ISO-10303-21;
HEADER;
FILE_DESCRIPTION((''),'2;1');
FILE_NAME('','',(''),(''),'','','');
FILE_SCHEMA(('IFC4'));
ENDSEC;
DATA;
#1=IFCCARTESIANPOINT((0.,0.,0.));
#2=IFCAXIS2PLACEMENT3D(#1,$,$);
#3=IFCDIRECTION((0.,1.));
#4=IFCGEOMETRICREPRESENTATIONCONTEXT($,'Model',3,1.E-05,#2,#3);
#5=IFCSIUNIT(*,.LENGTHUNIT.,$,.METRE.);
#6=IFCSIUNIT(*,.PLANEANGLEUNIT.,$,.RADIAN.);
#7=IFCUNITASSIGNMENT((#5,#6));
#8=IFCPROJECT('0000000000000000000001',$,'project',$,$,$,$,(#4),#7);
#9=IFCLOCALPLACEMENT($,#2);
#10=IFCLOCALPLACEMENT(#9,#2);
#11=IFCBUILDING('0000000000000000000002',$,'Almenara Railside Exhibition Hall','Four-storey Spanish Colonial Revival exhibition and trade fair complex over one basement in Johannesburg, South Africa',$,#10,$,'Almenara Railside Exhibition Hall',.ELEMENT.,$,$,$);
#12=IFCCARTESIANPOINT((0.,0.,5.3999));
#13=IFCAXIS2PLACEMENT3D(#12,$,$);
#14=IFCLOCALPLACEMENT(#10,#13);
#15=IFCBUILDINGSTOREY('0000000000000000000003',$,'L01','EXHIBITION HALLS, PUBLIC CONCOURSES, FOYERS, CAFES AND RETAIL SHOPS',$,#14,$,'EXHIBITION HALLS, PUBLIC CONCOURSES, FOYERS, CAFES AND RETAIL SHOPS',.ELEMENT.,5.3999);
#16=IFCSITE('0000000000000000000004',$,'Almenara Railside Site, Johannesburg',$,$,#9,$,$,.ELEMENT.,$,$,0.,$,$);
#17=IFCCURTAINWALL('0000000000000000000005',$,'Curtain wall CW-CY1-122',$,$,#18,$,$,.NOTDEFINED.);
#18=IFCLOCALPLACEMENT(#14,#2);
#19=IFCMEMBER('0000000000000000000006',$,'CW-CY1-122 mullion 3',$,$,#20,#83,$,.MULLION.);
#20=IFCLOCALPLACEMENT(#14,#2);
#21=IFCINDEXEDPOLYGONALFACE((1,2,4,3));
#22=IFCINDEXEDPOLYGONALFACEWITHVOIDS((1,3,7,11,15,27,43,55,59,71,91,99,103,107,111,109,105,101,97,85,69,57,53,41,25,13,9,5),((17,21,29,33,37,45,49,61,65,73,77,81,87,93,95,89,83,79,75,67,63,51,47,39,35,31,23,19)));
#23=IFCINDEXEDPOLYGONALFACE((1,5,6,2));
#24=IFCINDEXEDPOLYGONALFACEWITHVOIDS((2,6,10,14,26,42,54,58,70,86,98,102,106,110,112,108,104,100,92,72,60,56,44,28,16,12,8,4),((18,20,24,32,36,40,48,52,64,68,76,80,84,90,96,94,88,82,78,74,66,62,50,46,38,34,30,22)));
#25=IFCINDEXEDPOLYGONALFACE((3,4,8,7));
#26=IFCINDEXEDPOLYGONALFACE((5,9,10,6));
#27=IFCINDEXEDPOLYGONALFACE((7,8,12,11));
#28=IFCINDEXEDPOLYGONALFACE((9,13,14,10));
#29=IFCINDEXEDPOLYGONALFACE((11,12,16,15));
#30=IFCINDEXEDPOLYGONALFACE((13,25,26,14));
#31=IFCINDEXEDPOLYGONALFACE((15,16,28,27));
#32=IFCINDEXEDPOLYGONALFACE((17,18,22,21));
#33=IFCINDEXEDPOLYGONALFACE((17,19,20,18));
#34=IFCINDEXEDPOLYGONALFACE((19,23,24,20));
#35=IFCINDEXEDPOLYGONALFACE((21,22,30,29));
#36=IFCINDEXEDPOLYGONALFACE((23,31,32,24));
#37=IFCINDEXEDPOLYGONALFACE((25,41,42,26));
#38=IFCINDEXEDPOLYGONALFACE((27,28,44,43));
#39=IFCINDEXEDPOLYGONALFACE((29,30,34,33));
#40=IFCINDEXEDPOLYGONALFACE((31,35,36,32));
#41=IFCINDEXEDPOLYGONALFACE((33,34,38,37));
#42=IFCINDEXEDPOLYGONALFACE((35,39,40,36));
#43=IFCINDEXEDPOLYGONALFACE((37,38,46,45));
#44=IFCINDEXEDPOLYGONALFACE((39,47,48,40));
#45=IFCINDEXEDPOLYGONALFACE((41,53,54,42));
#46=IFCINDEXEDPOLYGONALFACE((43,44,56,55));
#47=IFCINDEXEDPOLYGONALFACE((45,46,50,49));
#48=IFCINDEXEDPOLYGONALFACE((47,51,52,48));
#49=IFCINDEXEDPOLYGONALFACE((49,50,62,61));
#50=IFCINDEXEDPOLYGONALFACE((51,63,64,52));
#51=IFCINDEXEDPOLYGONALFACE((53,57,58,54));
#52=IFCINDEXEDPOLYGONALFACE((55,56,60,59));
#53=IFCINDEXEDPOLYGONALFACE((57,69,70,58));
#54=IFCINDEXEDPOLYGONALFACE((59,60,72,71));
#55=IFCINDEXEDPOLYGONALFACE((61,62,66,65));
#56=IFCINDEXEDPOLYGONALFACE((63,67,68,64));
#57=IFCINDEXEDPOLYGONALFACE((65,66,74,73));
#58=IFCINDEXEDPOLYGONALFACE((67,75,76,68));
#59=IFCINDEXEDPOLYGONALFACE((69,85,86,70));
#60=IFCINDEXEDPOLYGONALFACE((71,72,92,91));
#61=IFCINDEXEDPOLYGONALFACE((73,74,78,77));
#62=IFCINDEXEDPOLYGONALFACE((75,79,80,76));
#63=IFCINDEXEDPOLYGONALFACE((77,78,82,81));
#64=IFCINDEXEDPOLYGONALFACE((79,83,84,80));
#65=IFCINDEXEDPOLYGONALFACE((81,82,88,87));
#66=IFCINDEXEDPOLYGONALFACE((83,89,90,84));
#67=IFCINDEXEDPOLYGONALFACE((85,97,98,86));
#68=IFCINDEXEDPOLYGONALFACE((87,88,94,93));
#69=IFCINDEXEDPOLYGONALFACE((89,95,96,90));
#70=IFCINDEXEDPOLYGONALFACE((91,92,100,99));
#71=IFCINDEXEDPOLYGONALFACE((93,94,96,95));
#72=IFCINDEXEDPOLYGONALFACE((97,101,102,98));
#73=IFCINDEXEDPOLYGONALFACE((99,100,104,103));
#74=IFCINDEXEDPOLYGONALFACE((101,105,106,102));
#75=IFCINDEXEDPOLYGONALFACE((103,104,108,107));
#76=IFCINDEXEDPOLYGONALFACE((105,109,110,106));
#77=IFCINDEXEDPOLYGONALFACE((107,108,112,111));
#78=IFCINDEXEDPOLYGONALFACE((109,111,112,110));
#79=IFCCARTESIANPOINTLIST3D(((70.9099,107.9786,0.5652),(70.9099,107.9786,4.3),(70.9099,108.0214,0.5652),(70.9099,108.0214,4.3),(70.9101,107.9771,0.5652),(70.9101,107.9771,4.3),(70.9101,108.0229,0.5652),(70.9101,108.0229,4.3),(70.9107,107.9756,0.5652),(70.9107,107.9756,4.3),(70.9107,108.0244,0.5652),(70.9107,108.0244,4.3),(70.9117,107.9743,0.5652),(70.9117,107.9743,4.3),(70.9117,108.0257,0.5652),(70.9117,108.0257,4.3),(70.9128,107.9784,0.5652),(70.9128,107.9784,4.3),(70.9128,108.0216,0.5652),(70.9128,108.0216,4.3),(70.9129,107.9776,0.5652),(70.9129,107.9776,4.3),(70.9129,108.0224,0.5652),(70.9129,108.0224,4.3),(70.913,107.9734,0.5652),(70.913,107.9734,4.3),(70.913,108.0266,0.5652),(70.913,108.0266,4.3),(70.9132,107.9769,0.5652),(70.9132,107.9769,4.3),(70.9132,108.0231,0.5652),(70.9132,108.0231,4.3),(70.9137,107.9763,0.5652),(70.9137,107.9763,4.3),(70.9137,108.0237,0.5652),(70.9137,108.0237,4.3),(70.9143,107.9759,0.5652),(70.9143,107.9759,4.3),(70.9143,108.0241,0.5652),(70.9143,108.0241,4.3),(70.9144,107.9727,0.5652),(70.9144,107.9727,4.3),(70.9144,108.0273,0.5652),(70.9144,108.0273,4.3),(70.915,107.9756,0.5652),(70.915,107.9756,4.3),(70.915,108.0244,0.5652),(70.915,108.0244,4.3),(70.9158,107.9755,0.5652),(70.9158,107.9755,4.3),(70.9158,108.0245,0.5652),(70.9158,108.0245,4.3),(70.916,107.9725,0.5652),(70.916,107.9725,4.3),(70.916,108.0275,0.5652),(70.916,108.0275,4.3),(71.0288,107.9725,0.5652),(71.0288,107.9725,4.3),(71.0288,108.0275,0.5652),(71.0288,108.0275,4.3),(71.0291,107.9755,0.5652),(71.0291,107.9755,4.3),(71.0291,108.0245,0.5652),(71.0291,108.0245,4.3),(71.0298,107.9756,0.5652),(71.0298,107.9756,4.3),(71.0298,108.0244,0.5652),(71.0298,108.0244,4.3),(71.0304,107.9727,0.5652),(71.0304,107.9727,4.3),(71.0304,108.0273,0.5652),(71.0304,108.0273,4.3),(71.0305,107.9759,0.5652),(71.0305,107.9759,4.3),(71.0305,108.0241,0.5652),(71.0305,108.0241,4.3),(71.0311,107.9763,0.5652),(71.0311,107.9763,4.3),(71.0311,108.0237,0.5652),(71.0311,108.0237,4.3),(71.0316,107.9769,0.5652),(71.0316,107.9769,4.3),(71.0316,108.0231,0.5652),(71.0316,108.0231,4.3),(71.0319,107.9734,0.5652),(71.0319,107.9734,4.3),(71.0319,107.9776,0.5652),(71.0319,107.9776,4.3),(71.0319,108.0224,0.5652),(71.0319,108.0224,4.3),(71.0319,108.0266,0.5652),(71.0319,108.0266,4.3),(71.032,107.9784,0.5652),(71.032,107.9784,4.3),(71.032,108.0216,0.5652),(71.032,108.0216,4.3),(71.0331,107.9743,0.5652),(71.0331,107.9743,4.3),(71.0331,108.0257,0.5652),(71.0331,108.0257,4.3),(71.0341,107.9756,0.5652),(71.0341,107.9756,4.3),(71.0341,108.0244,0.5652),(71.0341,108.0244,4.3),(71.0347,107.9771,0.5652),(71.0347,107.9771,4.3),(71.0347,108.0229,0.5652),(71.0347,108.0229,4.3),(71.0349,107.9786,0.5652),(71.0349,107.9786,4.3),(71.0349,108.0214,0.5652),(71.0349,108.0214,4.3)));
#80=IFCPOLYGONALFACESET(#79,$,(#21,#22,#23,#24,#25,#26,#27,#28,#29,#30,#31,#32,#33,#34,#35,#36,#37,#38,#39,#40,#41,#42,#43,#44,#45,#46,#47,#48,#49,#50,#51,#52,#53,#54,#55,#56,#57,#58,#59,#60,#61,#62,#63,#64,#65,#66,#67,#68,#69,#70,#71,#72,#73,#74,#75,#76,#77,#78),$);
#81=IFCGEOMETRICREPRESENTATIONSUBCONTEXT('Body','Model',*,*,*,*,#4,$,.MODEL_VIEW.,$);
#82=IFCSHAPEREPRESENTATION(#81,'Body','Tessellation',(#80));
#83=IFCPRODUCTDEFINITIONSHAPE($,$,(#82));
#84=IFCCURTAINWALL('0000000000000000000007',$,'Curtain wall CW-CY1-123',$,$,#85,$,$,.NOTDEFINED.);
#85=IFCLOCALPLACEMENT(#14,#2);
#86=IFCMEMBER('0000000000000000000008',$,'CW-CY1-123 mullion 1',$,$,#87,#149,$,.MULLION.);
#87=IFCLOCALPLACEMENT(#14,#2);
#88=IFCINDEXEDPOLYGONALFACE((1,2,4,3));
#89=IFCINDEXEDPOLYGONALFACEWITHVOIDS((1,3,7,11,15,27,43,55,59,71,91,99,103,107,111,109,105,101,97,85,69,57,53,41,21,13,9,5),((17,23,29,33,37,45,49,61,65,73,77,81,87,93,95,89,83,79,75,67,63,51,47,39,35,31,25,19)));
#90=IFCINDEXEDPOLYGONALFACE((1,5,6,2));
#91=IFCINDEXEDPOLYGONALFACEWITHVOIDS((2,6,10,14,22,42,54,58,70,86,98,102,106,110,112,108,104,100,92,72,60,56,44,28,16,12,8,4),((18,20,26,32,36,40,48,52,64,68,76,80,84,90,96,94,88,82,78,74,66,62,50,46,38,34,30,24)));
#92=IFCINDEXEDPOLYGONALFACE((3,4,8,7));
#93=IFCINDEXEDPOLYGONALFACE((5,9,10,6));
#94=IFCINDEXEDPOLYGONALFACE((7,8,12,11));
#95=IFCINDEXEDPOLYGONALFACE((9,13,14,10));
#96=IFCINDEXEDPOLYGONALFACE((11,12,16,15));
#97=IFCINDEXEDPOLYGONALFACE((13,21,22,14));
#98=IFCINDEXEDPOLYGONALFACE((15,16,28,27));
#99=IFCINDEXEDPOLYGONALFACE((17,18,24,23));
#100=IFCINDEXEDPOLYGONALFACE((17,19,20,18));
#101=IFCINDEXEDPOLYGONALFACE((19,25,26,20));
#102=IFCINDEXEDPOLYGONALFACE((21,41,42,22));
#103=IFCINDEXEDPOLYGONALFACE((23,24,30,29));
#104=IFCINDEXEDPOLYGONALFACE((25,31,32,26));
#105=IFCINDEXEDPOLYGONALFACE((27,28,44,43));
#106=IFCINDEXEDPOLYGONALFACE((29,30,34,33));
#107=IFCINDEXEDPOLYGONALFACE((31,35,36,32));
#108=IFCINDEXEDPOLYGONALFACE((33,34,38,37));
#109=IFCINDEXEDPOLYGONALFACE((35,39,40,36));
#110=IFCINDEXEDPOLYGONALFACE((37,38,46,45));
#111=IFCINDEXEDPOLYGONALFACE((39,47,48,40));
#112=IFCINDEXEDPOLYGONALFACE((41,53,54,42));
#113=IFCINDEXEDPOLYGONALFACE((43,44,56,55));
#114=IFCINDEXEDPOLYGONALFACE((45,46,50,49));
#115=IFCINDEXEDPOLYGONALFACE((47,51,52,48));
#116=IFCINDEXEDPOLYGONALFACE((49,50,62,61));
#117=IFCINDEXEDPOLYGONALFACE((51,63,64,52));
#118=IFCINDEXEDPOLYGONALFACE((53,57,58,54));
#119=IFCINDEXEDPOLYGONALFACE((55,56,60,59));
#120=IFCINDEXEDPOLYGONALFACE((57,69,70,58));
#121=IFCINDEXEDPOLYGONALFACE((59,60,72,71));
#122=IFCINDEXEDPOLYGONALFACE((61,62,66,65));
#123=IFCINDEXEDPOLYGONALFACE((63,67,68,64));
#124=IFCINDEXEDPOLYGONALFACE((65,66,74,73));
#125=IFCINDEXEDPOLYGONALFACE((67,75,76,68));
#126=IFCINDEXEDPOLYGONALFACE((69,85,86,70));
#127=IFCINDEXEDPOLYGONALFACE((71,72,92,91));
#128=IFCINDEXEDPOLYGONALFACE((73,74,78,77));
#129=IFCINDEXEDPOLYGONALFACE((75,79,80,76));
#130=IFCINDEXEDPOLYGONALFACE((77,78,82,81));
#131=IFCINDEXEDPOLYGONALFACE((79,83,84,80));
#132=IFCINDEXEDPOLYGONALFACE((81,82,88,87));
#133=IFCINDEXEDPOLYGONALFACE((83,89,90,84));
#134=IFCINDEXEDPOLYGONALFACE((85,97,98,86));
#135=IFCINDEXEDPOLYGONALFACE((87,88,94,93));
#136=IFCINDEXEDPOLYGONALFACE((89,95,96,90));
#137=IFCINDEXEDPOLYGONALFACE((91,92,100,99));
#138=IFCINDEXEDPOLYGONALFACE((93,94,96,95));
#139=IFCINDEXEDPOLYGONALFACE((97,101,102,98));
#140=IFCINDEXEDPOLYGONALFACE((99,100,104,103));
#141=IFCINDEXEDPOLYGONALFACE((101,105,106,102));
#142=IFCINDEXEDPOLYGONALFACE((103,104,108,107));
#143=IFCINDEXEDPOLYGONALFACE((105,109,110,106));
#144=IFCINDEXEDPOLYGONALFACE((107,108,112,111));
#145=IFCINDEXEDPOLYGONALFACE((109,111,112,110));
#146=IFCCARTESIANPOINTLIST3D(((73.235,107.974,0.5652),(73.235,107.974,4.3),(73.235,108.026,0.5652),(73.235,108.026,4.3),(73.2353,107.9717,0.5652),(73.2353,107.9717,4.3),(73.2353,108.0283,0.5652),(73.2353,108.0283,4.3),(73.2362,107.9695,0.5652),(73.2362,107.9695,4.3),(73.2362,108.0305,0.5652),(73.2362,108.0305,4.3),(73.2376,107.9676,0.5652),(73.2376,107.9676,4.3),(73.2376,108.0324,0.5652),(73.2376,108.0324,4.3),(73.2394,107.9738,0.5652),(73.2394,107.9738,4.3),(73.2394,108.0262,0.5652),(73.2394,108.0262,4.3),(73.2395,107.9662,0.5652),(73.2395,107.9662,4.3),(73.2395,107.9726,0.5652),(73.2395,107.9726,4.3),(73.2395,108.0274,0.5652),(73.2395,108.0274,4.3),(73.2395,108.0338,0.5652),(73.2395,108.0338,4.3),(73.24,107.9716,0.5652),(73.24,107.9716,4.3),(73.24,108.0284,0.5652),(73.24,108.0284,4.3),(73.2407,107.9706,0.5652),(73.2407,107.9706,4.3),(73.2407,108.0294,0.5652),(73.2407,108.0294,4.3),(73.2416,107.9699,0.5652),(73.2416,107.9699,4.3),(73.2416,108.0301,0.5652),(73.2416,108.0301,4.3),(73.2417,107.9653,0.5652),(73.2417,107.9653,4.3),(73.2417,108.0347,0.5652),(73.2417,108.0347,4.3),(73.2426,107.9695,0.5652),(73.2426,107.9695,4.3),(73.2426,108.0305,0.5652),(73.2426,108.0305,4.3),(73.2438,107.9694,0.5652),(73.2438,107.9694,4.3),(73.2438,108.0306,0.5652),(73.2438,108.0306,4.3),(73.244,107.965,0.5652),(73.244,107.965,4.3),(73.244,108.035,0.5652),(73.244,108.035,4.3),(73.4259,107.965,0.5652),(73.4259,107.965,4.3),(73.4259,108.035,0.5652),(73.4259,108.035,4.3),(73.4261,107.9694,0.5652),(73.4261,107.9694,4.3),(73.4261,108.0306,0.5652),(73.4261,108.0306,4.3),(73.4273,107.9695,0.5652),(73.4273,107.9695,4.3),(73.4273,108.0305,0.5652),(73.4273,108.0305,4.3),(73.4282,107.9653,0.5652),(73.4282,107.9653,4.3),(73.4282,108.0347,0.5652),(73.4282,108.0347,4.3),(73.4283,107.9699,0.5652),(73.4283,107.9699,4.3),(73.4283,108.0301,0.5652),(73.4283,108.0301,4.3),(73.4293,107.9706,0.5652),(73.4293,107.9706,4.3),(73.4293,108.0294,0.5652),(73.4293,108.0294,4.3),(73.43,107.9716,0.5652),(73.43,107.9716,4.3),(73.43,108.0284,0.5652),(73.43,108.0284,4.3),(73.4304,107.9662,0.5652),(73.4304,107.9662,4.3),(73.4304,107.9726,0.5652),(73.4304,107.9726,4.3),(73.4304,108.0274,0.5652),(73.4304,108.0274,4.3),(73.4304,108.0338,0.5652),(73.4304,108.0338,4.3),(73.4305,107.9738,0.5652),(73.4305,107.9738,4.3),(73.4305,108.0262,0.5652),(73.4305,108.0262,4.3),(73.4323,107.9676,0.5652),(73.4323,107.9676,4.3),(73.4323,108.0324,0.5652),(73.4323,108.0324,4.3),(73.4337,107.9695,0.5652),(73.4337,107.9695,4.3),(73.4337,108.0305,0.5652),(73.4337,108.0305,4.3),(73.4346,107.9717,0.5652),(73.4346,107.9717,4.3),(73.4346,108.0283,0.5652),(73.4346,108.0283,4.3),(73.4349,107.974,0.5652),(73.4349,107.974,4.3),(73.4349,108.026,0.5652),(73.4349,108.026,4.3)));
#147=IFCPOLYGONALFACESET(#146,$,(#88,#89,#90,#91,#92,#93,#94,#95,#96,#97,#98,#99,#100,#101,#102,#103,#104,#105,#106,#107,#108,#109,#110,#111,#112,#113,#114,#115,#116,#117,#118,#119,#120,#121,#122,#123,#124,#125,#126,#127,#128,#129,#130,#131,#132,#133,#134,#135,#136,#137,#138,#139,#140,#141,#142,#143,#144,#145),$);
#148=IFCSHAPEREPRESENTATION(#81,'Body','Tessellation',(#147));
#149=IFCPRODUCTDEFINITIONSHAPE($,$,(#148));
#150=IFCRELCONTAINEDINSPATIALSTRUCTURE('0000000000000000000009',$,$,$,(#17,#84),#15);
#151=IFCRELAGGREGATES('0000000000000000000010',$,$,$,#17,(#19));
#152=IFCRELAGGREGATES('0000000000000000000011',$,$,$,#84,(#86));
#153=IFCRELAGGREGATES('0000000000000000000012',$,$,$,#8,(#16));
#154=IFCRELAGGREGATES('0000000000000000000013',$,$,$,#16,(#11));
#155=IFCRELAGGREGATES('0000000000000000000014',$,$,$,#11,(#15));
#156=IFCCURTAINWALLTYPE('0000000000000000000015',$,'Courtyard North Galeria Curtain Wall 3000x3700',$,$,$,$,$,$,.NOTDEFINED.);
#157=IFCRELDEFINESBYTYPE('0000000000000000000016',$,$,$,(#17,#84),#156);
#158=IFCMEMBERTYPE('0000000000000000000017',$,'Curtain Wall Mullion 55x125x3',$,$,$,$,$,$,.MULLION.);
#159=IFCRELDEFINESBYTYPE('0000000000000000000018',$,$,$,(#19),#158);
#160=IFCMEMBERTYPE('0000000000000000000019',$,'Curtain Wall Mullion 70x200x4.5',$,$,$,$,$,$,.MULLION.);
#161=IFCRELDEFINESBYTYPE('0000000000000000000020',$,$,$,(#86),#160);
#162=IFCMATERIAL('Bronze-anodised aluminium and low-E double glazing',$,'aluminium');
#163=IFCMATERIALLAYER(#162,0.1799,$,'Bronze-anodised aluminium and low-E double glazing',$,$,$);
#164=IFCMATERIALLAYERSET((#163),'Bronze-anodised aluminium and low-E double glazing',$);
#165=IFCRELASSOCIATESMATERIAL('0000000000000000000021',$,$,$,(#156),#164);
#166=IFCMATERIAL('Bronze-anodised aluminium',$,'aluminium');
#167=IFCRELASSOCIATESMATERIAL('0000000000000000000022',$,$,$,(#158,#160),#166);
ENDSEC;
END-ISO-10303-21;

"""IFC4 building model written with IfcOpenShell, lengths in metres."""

from ifc_helpers import new_model, si_unit, direction, frame, origin, origin_2d, place, context, subcontext, project, spatial, hollow_rectangle, extrude, material, layer, layer_set, material_profile, profile_set, type_object, element, aggregate, save


model = new_model("IFC4")

# Units and contexts
model_context = context("Model", 3, precision=1e-05, world=origin(), true_north=direction((0.0, 1.0)))
body_context = subcontext(model_context, "Body", "Model", "MODEL_VIEW")
ifc_project = project(units=[si_unit("LENGTHUNIT", "METRE"), si_unit("PLANEANGLEUNIT", "RADIAN")], contexts=[model_context])

# Site, building, storey
site_placement = place(None, origin())
site = spatial("IfcSite", under=ifc_project, at=site_placement, Name="Almenara Railside Site, Johannesburg", CompositionType="ELEMENT", RefElevation=0.0)
building_placement = place(site_placement, origin())
building = spatial("IfcBuilding", under=site, at=building_placement, Name="Almenara Railside Exhibition Hall", Description="Four-storey Spanish Colonial Revival exhibition and trade fair complex over one basement in Johannesburg, South Africa", LongName="Almenara Railside Exhibition Hall", CompositionType="ELEMENT")
storey_placement = place(building_placement, frame((0.0, 0.0, 5.3999)))
storey = spatial("IfcBuildingStorey", under=building, at=storey_placement, Name="L01", Description="EXHIBITION HALLS, PUBLIC CONCOURSES, FOYERS, CAFES AND RETAIL SHOPS", LongName="EXHIBITION HALLS, PUBLIC CONCOURSES, FOYERS, CAFES AND RETAIL SHOPS", CompositionType="ELEMENT", Elevation=5.3999)

# Curtain wall, member
ifc_material_1 = material(Name="Bronze-anodised aluminium and low-E double glazing", Category="aluminium")
ifc_layer_1 = layer(ifc_material_1, 0.1799, Name="Bronze-anodised aluminium and low-E double glazing")
ifc_layer_set_1 = layer_set([ifc_layer_1], Name="Bronze-anodised aluminium and low-E double glazing")
curtain_wall_type = type_object("IfcCurtainWallType", Name="Courtyard North Galeria Curtain Wall 3000x3700", PredefinedType="NOTDEFINED", material=ifc_layer_set_1)
curtain_wall_1_placement = place(storey_placement, origin())
curtain_wall_1 = element("IfcCurtainWall", 1, at=curtain_wall_1_placement, inside=storey, type_object=curtain_wall_type, Name="Curtain wall CW-CY1-122", PredefinedType="NOTDEFINED")
ifc_material_2 = material(Name="Bronze-anodised aluminium", Category="aluminium")
ifc_material_profile_1 = material_profile(ifc_material_2, hollow_rectangle(XDim=0.0549, YDim=0.125, WallThickness=0.0029, InnerFilletRadius=0.0029, OuterFilletRadius=0.0061, at=origin_2d()), Name="ALU-MUL 55x125x3")
ifc_profile_set_1 = profile_set([ifc_material_profile_1], Name="Bronze-anodised aluminium")
member_type_1 = type_object("IfcMemberType", Name="Curtain Wall Mullion 55x125x3", PredefinedType="MULLION", material=ifc_profile_set_1)
member_1_placement = place(storey_placement, frame((70.9724, 108.0, 0.5652), z_axis=(0.0, 0.0, 1.0), x_axis=(0.0, 1.0, 0.0)))
member_1 = element("IfcMember", 2, at=member_1_placement, type_object=member_type_1, Name="CW-CY1-122 mullion 3", PredefinedType="MULLION", context=body_context, shape_type="SweptSolid", body=[
    extrude(hollow_rectangle(XDim=0.0549, YDim=0.125, WallThickness=0.0029, InnerFilletRadius=0.0029, OuterFilletRadius=0.0061, at=origin_2d()), origin(), (0.0, 0.0, 1.0), 3.7349),
])

# Curtain wall, member
curtain_wall_2_placement = place(storey_placement, origin())
curtain_wall_2 = element("IfcCurtainWall", 3, at=curtain_wall_2_placement, inside=storey, type_object=curtain_wall_type, Name="Curtain wall CW-CY1-123", PredefinedType="NOTDEFINED")
ifc_material_profile_2 = material_profile(ifc_material_2, hollow_rectangle(XDim=0.0701, YDim=0.2, WallThickness=0.0044, InnerFilletRadius=0.0044, OuterFilletRadius=0.009, at=origin_2d()), Name="ALU-MUL 70x200x4.5")
ifc_profile_set_2 = profile_set([ifc_material_profile_2], Name="Bronze-anodised aluminium")
member_type_2 = type_object("IfcMemberType", Name="Curtain Wall Mullion 70x200x4.5", PredefinedType="MULLION", material=ifc_profile_set_2)
member_2_placement = place(storey_placement, frame((73.335, 108.0, 0.5652), z_axis=(0.0, 0.0, 1.0), x_axis=(0.0, 1.0, 0.0)))
member_2 = element("IfcMember", 4, at=member_2_placement, type_object=member_type_2, Name="CW-CY1-123 mullion 1", PredefinedType="MULLION", context=body_context, shape_type="SweptSolid", body=[
    extrude(hollow_rectangle(XDim=0.0701, YDim=0.2, WallThickness=0.0044, InnerFilletRadius=0.0044, OuterFilletRadius=0.009, at=origin_2d()), origin(), (0.0, 0.0, 1.0), 3.7349),
])

aggregate(curtain_wall_1, [member_1])
aggregate(curtain_wall_2, [member_2])

save(model, "model.ifc")
